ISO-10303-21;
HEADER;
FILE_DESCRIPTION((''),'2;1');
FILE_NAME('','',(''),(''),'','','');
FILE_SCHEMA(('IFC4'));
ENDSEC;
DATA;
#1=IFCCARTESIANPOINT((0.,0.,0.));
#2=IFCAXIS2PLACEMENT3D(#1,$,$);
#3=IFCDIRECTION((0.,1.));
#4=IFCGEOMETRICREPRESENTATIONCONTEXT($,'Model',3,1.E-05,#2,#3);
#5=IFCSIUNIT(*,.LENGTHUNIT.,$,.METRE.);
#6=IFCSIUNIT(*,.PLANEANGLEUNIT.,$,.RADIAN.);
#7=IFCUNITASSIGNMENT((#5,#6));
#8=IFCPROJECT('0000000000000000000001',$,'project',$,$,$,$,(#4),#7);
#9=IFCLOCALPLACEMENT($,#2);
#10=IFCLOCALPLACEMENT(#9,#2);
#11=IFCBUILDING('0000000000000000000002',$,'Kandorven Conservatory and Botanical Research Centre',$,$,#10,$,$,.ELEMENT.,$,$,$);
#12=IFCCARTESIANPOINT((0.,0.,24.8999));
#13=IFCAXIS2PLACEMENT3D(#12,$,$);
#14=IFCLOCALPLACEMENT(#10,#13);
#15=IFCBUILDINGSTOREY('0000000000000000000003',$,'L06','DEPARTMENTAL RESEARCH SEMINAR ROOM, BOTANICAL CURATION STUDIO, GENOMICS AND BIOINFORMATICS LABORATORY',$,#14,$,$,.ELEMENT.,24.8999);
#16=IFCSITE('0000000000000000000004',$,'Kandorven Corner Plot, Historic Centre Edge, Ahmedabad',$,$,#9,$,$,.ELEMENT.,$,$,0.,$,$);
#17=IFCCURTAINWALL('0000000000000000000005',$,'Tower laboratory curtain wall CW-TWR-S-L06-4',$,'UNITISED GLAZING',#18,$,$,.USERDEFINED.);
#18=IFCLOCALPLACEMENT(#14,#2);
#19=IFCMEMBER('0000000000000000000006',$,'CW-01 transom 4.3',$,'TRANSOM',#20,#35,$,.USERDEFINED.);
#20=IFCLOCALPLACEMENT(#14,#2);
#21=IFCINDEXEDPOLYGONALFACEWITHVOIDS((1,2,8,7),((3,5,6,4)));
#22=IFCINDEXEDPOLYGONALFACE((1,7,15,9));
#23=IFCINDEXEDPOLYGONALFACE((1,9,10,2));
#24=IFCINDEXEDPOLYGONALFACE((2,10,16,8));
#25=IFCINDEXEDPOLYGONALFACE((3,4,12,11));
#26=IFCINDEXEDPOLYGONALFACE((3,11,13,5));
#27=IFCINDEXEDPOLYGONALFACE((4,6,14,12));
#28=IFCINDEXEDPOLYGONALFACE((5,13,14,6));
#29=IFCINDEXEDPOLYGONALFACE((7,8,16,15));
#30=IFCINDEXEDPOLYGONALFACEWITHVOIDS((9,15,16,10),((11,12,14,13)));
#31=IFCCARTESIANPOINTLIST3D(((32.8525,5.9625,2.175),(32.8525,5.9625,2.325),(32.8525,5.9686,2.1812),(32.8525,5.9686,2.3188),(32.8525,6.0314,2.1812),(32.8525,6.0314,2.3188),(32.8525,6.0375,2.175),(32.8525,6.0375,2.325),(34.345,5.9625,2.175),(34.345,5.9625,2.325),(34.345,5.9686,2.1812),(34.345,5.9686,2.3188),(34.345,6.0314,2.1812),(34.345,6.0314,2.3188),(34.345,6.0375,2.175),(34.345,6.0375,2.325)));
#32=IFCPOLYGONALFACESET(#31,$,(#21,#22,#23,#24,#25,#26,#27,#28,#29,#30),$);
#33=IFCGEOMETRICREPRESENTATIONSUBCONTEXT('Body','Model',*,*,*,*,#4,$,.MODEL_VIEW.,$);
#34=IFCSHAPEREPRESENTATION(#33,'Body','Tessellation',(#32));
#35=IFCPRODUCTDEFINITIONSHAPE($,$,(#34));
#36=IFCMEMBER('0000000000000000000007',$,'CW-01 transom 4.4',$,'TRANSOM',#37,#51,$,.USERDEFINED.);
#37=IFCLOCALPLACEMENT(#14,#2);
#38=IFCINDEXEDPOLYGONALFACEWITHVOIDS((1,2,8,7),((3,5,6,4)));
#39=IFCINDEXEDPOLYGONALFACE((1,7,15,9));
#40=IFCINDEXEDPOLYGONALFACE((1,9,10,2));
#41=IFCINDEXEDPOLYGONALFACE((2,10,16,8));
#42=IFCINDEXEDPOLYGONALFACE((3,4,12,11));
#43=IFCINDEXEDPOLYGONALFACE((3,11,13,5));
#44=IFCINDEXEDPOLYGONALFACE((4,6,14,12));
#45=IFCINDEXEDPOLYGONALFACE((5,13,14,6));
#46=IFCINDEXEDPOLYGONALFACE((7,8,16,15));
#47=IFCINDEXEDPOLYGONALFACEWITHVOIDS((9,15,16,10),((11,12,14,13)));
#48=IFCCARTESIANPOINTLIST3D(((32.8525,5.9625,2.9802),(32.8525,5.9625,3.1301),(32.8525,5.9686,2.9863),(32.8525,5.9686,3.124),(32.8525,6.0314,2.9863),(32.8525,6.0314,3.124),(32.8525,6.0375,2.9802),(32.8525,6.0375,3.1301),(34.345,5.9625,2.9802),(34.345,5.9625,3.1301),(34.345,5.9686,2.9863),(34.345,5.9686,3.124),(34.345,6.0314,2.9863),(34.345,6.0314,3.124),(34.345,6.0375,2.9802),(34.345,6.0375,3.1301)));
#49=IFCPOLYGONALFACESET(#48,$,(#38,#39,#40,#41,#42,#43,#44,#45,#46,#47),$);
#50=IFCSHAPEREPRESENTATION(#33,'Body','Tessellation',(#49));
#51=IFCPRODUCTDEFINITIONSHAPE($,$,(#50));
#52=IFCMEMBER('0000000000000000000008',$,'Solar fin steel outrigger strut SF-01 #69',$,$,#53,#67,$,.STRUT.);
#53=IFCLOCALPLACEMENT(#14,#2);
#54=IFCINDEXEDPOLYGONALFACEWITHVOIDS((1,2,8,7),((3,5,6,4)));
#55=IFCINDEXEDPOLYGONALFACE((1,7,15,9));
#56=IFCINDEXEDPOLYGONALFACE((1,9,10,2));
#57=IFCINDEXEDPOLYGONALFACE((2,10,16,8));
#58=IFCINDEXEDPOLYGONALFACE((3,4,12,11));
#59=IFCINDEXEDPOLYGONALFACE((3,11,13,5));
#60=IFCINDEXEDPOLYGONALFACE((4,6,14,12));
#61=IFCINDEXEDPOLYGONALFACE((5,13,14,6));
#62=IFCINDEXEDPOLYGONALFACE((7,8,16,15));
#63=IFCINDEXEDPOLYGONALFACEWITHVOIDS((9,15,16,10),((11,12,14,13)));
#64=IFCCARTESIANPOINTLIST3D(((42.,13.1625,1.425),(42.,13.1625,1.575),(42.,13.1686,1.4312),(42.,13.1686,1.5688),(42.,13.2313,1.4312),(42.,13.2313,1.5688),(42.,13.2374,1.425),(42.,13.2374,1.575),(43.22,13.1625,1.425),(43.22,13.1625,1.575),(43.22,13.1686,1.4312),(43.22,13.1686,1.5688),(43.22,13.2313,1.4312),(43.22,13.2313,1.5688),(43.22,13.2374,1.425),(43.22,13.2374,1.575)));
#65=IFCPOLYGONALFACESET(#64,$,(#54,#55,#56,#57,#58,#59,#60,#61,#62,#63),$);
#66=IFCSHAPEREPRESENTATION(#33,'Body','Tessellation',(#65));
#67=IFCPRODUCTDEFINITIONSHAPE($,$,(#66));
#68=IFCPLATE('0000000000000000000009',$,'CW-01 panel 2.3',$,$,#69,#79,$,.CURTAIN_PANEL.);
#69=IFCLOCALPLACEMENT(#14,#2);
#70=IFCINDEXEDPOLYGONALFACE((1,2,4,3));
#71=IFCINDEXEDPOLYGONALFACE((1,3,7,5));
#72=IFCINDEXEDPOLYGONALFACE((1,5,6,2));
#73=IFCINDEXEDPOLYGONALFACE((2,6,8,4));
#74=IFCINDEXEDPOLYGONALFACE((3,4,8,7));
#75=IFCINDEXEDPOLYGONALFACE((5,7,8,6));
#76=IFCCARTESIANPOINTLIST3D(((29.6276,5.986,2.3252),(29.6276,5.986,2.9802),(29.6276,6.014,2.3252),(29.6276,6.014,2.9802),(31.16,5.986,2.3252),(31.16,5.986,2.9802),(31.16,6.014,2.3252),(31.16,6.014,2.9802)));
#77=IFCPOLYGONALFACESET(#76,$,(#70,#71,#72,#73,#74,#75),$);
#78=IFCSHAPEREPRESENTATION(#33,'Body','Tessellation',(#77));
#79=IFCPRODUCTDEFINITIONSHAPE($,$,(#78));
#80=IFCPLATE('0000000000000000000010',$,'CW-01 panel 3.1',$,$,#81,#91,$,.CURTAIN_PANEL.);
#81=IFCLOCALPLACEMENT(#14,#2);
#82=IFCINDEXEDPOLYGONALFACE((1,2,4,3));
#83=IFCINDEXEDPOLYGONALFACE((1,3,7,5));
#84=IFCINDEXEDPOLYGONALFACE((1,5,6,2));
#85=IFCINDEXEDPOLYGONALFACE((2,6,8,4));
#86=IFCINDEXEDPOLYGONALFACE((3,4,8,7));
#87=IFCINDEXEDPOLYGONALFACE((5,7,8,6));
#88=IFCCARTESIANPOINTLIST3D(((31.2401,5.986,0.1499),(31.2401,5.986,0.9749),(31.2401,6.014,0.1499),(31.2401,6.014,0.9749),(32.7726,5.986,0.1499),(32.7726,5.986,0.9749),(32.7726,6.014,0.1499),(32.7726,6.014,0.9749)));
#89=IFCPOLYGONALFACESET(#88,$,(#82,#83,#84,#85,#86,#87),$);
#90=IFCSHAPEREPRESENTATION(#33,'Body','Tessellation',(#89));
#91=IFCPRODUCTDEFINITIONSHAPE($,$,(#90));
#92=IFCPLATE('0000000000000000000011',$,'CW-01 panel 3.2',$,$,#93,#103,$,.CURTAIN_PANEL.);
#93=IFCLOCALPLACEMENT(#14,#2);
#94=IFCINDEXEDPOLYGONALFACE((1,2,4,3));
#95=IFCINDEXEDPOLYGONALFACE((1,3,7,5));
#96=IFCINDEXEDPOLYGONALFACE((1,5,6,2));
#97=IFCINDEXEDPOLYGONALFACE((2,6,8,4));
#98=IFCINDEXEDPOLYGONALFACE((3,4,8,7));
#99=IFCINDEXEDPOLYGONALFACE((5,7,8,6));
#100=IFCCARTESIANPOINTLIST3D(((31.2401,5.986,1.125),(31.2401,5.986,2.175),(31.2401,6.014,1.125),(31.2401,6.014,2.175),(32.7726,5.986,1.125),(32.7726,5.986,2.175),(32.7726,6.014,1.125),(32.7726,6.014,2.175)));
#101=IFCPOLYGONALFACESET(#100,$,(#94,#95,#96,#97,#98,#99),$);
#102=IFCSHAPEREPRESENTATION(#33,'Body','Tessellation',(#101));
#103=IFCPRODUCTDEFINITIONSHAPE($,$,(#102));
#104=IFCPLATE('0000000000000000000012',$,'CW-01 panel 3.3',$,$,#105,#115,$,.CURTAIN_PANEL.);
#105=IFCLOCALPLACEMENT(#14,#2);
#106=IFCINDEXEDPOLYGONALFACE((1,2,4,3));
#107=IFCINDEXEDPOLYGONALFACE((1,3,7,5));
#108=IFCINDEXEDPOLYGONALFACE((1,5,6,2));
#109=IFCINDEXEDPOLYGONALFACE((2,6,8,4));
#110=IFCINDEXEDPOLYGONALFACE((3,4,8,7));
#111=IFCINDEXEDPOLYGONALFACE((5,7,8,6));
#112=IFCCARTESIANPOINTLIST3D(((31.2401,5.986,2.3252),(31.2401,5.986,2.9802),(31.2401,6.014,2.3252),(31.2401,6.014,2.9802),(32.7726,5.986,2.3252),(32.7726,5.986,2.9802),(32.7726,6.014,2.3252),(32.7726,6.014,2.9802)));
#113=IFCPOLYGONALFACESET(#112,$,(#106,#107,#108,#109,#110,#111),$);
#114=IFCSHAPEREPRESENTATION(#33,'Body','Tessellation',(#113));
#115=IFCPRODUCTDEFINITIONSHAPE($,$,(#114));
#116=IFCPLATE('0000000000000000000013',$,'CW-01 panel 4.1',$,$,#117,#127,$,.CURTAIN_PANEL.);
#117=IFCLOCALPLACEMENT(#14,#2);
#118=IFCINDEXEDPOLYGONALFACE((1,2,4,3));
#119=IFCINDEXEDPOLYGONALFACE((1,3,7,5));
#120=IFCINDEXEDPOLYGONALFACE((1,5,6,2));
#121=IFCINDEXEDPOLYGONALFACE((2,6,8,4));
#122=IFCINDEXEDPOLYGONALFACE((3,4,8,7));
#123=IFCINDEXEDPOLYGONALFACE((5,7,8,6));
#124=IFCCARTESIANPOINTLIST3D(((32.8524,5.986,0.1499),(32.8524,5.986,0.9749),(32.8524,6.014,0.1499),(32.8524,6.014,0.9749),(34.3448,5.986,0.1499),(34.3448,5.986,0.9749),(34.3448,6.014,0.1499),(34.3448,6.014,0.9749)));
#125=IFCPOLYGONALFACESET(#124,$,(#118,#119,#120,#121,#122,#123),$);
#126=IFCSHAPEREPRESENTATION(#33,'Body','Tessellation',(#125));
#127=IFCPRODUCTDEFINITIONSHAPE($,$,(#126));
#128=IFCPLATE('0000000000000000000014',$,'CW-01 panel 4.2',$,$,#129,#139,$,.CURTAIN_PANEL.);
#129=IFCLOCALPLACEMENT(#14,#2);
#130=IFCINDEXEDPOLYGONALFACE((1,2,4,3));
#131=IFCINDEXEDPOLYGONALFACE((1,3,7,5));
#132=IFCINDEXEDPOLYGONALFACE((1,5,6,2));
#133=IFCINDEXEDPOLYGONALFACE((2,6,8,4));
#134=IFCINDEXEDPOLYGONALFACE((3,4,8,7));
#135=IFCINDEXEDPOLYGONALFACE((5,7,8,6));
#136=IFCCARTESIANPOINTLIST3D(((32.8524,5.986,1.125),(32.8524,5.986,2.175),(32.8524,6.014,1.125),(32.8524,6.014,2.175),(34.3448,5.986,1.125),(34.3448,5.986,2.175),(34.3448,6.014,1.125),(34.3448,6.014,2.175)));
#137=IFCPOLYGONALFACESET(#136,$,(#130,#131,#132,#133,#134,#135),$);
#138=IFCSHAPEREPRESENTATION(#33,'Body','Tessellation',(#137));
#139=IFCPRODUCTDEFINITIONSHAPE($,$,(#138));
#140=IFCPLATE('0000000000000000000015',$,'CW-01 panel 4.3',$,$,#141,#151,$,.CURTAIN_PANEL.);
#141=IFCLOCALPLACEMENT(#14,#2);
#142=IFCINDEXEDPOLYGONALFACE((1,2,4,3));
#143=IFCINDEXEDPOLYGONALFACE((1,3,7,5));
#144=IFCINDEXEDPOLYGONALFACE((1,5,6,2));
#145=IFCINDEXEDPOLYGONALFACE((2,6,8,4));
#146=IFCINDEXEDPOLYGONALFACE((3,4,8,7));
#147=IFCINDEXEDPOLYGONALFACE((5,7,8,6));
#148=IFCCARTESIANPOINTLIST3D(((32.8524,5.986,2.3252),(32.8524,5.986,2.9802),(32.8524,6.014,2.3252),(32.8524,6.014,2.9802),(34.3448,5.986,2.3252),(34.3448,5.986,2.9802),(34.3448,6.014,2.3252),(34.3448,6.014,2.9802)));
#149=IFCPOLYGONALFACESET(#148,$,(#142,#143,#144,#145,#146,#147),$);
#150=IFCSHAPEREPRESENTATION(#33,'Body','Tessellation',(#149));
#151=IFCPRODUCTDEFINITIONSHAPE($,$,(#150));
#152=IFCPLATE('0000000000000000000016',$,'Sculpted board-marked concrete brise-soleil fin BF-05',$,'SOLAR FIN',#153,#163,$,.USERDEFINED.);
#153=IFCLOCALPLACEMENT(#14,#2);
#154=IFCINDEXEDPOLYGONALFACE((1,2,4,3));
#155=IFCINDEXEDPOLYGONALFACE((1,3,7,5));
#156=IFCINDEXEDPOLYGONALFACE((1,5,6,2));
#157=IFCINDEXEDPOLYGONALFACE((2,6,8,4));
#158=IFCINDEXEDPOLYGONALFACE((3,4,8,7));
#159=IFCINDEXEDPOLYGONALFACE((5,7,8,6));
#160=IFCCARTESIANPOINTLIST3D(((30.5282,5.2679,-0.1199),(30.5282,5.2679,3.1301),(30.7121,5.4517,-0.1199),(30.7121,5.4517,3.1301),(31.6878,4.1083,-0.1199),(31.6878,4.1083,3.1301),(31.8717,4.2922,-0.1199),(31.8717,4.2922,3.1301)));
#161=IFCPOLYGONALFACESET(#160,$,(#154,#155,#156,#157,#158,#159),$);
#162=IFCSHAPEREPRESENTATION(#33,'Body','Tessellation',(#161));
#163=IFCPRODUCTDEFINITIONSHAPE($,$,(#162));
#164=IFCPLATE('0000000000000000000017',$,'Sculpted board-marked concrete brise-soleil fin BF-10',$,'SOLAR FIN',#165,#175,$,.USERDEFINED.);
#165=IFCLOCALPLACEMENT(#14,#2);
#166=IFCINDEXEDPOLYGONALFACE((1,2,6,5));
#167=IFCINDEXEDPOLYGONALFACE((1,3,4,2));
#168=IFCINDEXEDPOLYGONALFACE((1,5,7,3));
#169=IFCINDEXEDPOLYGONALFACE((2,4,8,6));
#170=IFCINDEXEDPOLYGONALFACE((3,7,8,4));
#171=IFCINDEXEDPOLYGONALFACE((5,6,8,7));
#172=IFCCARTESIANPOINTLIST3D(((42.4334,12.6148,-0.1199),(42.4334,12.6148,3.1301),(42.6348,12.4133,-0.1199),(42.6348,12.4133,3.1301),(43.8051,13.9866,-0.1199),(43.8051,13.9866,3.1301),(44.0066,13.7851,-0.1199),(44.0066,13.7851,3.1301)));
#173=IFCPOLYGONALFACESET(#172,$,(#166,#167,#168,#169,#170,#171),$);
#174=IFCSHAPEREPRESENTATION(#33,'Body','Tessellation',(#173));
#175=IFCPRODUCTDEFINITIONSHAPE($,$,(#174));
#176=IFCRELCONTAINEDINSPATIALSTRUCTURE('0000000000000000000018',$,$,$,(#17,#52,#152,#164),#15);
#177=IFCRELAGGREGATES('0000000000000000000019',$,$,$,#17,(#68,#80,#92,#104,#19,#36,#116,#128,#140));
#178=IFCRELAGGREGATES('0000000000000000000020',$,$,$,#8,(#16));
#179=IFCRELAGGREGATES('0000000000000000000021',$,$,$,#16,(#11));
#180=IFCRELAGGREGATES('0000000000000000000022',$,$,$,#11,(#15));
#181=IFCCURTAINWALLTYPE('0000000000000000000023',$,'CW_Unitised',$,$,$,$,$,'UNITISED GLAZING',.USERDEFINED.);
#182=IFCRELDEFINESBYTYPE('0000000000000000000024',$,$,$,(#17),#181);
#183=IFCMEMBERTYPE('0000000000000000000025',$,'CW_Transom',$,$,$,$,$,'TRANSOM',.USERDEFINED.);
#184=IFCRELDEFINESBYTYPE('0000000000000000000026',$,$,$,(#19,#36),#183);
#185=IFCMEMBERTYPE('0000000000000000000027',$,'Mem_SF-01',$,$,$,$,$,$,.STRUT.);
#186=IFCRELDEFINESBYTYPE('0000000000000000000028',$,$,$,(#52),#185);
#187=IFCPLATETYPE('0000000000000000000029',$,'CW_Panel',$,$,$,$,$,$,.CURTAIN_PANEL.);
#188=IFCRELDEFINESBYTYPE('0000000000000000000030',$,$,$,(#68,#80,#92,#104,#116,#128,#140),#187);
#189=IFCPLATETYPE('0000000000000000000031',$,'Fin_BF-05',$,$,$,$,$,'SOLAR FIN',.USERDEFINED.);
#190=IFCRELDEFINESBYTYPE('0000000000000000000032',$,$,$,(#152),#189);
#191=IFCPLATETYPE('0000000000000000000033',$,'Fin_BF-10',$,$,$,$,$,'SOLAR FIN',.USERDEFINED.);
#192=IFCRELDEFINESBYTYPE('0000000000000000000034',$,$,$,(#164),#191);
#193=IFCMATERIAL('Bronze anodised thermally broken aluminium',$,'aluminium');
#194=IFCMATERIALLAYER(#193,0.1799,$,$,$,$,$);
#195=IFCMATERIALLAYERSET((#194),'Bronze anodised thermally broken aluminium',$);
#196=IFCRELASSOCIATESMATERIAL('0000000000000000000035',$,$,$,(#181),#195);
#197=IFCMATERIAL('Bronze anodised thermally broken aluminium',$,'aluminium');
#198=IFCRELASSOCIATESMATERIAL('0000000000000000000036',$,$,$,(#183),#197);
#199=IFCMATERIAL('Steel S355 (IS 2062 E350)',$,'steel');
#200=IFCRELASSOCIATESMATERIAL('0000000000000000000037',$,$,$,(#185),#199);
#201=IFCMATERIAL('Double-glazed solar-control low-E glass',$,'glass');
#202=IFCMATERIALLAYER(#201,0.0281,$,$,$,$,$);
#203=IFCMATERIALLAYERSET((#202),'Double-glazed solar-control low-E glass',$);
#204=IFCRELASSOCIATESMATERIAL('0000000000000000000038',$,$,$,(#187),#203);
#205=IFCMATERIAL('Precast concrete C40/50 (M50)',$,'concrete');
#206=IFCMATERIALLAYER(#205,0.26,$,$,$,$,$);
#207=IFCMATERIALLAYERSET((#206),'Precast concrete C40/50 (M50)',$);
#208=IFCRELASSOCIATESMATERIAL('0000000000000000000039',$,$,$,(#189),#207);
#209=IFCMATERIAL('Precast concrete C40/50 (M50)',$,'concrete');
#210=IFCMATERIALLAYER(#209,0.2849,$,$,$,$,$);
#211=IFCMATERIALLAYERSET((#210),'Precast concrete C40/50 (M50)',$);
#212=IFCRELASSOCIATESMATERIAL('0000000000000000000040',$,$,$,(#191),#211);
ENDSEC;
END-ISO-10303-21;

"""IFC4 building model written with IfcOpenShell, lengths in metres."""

from ifc_helpers import new_model, si_unit, direction, frame, origin, origin_2d, place, context, subcontext, project, spatial, rectangle, hollow_rectangle, extrude, material, layer, layer_set, material_profile, profile_set, type_object, element, aggregate, save


model = new_model("IFC4")

# Units and contexts
model_context = context("Model", 3, precision=1e-05, world=origin(), true_north=direction((0.0, 1.0)))
body_context = subcontext(model_context, "Body", "Model", "MODEL_VIEW")
ifc_project = project(units=[si_unit("LENGTHUNIT", "METRE"), si_unit("PLANEANGLEUNIT", "RADIAN")], contexts=[model_context])

# Site, building, storey
site_placement = place(None, origin())
site = spatial("IfcSite", under=ifc_project, at=site_placement, Name="Kandorven Corner Plot, Historic Centre Edge, Ahmedabad", CompositionType="ELEMENT", RefElevation=0.0)
building_placement = place(site_placement, origin())
building = spatial("IfcBuilding", under=site, at=building_placement, Name="Kandorven Conservatory and Botanical Research Centre", CompositionType="ELEMENT")
storey_placement = place(building_placement, frame((0.0, 0.0, 24.8999)))
storey = spatial("IfcBuildingStorey", under=building, at=storey_placement, Name="L06", Description="DEPARTMENTAL RESEARCH SEMINAR ROOM, BOTANICAL CURATION STUDIO, GENOMICS AND BIOINFORMATICS LABORATORY", CompositionType="ELEMENT", Elevation=24.8999)

# Curtain wall, members
ifc_material_1 = material(Name="Bronze anodised thermally broken aluminium", Category="aluminium")
ifc_layer_1 = layer(ifc_material_1, 0.1799)
ifc_layer_set_1 = layer_set([ifc_layer_1], Name="Bronze anodised thermally broken aluminium")
curtain_wall_type = type_object("IfcCurtainWallType", Name="CW_Unitised", ElementType="UNITISED GLAZING", PredefinedType="USERDEFINED", material=ifc_layer_set_1)
curtain_wall_placement = place(storey_placement, origin())
curtain_wall = element("IfcCurtainWall", 1, at=curtain_wall_placement, inside=storey, type_object=curtain_wall_type, Name="Tower laboratory curtain wall CW-TWR-S-L06-4", ObjectType="UNITISED GLAZING", PredefinedType="USERDEFINED")
ifc_material_2 = material(Name="Bronze anodised thermally broken aluminium", Category="aluminium")
ifc_material_profile_1 = material_profile(ifc_material_2, hollow_rectangle(XDim=0.075, YDim=0.1499, WallThickness=0.0061, at=origin_2d()))
ifc_profile_set_1 = profile_set([ifc_material_profile_1], Name="Bronze anodised thermally broken aluminium")
member_type_1 = type_object("IfcMemberType", Name="CW_Transom", ElementType="TRANSOM", PredefinedType="USERDEFINED", material=ifc_profile_set_1)
member_1_placement = place(storey_placement, frame((32.8525, 6.0, 2.25), z_axis=(1.0, 0.0, 0.0), x_axis=(0.0, 1.0, 0.0)))
member_1 = element("IfcMember", 2, at=member_1_placement, type_object=member_type_1, Name="CW-01 transom 4.3", ObjectType="TRANSOM", PredefinedType="USERDEFINED", context=body_context, shape_type="SweptSolid", body=[
    extrude(hollow_rectangle(XDim=0.075, YDim=0.1499, WallThickness=0.0061, at=origin_2d()), origin(), (0.0, 0.0, 1.0), 1.4924),
])
member_2_placement = place(storey_placement, frame((32.8525, 6.0, 3.0552), z_axis=(1.0, 0.0, 0.0), x_axis=(0.0, 1.0, 0.0)))
member_2 = element("IfcMember", 3, at=member_2_placement, type_object=member_type_1, Name="CW-01 transom 4.4", ObjectType="TRANSOM", PredefinedType="USERDEFINED", context=body_context, shape_type="SweptSolid", body=[
    extrude(hollow_rectangle(XDim=0.075, YDim=0.1499, WallThickness=0.0061, at=origin_2d()), origin(), (0.0, 0.0, 1.0), 1.4924),
])

# Member
ifc_material_3 = material(Name="Steel S355 (IS 2062 E350)", Category="steel")
ifc_material_profile_2 = material_profile(ifc_material_3, hollow_rectangle(XDim=0.075, YDim=0.1499, WallThickness=0.0061, at=origin_2d()))
ifc_profile_set_2 = profile_set([ifc_material_profile_2], Name="Steel S355 (IS 2062 E350)")
member_type_2 = type_object("IfcMemberType", Name="Mem_SF-01", PredefinedType="STRUT", material=ifc_profile_set_2)
member_3_placement = place(storey_placement, frame((42.0, 13.2, 1.5), z_axis=(1.0, 0.0, 0.0), x_axis=(0.0, 1.0, 0.0)))
element("IfcMember", 4, at=member_3_placement, inside=storey, type_object=member_type_2, Name="Solar fin steel outrigger strut SF-01 #69", PredefinedType="STRUT", context=body_context, shape_type="SweptSolid", body=[
    extrude(hollow_rectangle(XDim=0.075, YDim=0.1499, WallThickness=0.0061, at=origin_2d()), origin(), (0.0, 0.0, 1.0), 1.22),
])

# Plates
ifc_material_4 = material(Name="Double-glazed solar-control low-E glass", Category="glass")
ifc_layer_2 = layer(ifc_material_4, 0.0281)
ifc_layer_set_2 = layer_set([ifc_layer_2], Name="Double-glazed solar-control low-E glass")
plate_type_1 = type_object("IfcPlateType", Name="CW_Panel", PredefinedType="CURTAIN_PANEL", material=ifc_layer_set_2)
plate_1_placement = place(storey_placement, frame((30.3938, 6.0, 2.3252), z_axis=(0.0, 0.0, 1.0), x_axis=(1.0, 0.0, 0.0)))
plate_1 = element("IfcPlate", 5, at=plate_1_placement, type_object=plate_type_1, Name="CW-01 panel 2.3", PredefinedType="CURTAIN_PANEL", context=body_context, shape_type="SweptSolid", body=[
    extrude(rectangle(XDim=1.5325, YDim=0.0281, at=origin_2d()), origin(), (0.0, 0.0, 1.0), 0.655),
])
plate_2_placement = place(storey_placement, frame((32.0063, 6.0, 0.1499), z_axis=(0.0, 0.0, 1.0), x_axis=(1.0, 0.0, 0.0)))
plate_2 = element("IfcPlate", 6, at=plate_2_placement, type_object=plate_type_1, Name="CW-01 panel 3.1", PredefinedType="CURTAIN_PANEL", context=body_context, shape_type="SweptSolid", body=[
    extrude(rectangle(XDim=1.5325, YDim=0.0281, at=origin_2d()), origin(), (0.0, 0.0, 1.0), 0.825),
])
plate_3_placement = place(storey_placement, frame((32.0063, 6.0, 1.125), z_axis=(0.0, 0.0, 1.0), x_axis=(1.0, 0.0, 0.0)))
plate_3 = element("IfcPlate", 7, at=plate_3_placement, type_object=plate_type_1, Name="CW-01 panel 3.2", PredefinedType="CURTAIN_PANEL", context=body_context, shape_type="SweptSolid", body=[
    extrude(rectangle(XDim=1.5325, YDim=0.0281, at=origin_2d()), origin(), (0.0, 0.0, 1.0), 1.05),
])
plate_4_placement = place(storey_placement, frame((32.0063, 6.0, 2.3252), z_axis=(0.0, 0.0, 1.0), x_axis=(1.0, 0.0, 0.0)))
plate_4 = element("IfcPlate", 8, at=plate_4_placement, type_object=plate_type_1, Name="CW-01 panel 3.3", PredefinedType="CURTAIN_PANEL", context=body_context, shape_type="SweptSolid", body=[
    extrude(rectangle(XDim=1.5325, YDim=0.0281, at=origin_2d()), origin(), (0.0, 0.0, 1.0), 0.655),
])
plate_5_placement = place(storey_placement, frame((33.5986, 6.0, 0.1499), z_axis=(0.0, 0.0, 1.0), x_axis=(1.0, 0.0, 0.0)))
plate_5 = element("IfcPlate", 9, at=plate_5_placement, type_object=plate_type_1, Name="CW-01 panel 4.1", PredefinedType="CURTAIN_PANEL", context=body_context, shape_type="SweptSolid", body=[
    extrude(rectangle(XDim=1.4924, YDim=0.0281, at=origin_2d()), origin(), (0.0, 0.0, 1.0), 0.825),
])
plate_6_placement = place(storey_placement, frame((33.5986, 6.0, 1.125), z_axis=(0.0, 0.0, 1.0), x_axis=(1.0, 0.0, 0.0)))
plate_6 = element("IfcPlate", 10, at=plate_6_placement, type_object=plate_type_1, Name="CW-01 panel 4.2", PredefinedType="CURTAIN_PANEL", context=body_context, shape_type="SweptSolid", body=[
    extrude(rectangle(XDim=1.4924, YDim=0.0281, at=origin_2d()), origin(), (0.0, 0.0, 1.0), 1.05),
])
plate_7_placement = place(storey_placement, frame((33.5986, 6.0, 2.3252), z_axis=(0.0, 0.0, 1.0), x_axis=(1.0, 0.0, 0.0)))
plate_7 = element("IfcPlate", 11, at=plate_7_placement, type_object=plate_type_1, Name="CW-01 panel 4.3", PredefinedType="CURTAIN_PANEL", context=body_context, shape_type="SweptSolid", body=[
    extrude(rectangle(XDim=1.4924, YDim=0.0281, at=origin_2d()), origin(), (0.0, 0.0, 1.0), 0.655),
])
aggregate(curtain_wall, [plate_1, plate_2, plate_3, plate_4, member_1, member_2, plate_5, plate_6, plate_7])

# Plates
ifc_material_5 = material(Name="Precast concrete C40/50 (M50)", Category="concrete")
ifc_layer_3 = layer(ifc_material_5, 0.26)
ifc_layer_set_3 = layer_set([ifc_layer_3], Name="Precast concrete C40/50 (M50)")
plate_type_2 = type_object("IfcPlateType", Name="Fin_BF-05", ElementType="SOLAR FIN", PredefinedType="USERDEFINED", material=ifc_layer_set_3)
plate_8_placement = place(storey_placement, frame((31.2, 4.78, -0.1199), z_axis=(0.0, 0.0, 1.0), x_axis=(-0.707107, 0.707107, 0.0)))
element("IfcPlate", 12, at=plate_8_placement, inside=storey, type_object=plate_type_2, Name="Sculpted board-marked concrete brise-soleil fin BF-05", ObjectType="SOLAR FIN", PredefinedType="USERDEFINED", context=body_context, shape_type="SweptSolid", body=[
    extrude(rectangle(XDim=1.6399, YDim=0.26, at=origin_2d()), origin(), (0.0, 0.0, 1.0), 3.25),
])
ifc_material_6 = material(Name="Precast concrete C40/50 (M50)", Category="concrete")
ifc_layer_4 = layer(ifc_material_6, 0.2849)
ifc_layer_set_4 = layer_set([ifc_layer_4], Name="Precast concrete C40/50 (M50)")
plate_type_3 = type_object("IfcPlateType", Name="Fin_BF-10", ElementType="SOLAR FIN", PredefinedType="USERDEFINED", material=ifc_layer_set_4)
plate_9_placement = place(storey_placement, frame((43.22, 13.2, -0.1199), z_axis=(0.0, 0.0, 1.0), x_axis=(0.707107, 0.707107, 0.0)))
element("IfcPlate", 13, at=plate_9_placement, inside=storey, type_object=plate_type_3, Name="Sculpted board-marked concrete brise-soleil fin BF-10", ObjectType="SOLAR FIN", PredefinedType="USERDEFINED", context=body_context, shape_type="SweptSolid", body=[
    extrude(rectangle(XDim=1.9399, YDim=0.2849, at=origin_2d()), origin(), (0.0, 0.0, 1.0), 3.25),
])

save(model, "model.ifc")
